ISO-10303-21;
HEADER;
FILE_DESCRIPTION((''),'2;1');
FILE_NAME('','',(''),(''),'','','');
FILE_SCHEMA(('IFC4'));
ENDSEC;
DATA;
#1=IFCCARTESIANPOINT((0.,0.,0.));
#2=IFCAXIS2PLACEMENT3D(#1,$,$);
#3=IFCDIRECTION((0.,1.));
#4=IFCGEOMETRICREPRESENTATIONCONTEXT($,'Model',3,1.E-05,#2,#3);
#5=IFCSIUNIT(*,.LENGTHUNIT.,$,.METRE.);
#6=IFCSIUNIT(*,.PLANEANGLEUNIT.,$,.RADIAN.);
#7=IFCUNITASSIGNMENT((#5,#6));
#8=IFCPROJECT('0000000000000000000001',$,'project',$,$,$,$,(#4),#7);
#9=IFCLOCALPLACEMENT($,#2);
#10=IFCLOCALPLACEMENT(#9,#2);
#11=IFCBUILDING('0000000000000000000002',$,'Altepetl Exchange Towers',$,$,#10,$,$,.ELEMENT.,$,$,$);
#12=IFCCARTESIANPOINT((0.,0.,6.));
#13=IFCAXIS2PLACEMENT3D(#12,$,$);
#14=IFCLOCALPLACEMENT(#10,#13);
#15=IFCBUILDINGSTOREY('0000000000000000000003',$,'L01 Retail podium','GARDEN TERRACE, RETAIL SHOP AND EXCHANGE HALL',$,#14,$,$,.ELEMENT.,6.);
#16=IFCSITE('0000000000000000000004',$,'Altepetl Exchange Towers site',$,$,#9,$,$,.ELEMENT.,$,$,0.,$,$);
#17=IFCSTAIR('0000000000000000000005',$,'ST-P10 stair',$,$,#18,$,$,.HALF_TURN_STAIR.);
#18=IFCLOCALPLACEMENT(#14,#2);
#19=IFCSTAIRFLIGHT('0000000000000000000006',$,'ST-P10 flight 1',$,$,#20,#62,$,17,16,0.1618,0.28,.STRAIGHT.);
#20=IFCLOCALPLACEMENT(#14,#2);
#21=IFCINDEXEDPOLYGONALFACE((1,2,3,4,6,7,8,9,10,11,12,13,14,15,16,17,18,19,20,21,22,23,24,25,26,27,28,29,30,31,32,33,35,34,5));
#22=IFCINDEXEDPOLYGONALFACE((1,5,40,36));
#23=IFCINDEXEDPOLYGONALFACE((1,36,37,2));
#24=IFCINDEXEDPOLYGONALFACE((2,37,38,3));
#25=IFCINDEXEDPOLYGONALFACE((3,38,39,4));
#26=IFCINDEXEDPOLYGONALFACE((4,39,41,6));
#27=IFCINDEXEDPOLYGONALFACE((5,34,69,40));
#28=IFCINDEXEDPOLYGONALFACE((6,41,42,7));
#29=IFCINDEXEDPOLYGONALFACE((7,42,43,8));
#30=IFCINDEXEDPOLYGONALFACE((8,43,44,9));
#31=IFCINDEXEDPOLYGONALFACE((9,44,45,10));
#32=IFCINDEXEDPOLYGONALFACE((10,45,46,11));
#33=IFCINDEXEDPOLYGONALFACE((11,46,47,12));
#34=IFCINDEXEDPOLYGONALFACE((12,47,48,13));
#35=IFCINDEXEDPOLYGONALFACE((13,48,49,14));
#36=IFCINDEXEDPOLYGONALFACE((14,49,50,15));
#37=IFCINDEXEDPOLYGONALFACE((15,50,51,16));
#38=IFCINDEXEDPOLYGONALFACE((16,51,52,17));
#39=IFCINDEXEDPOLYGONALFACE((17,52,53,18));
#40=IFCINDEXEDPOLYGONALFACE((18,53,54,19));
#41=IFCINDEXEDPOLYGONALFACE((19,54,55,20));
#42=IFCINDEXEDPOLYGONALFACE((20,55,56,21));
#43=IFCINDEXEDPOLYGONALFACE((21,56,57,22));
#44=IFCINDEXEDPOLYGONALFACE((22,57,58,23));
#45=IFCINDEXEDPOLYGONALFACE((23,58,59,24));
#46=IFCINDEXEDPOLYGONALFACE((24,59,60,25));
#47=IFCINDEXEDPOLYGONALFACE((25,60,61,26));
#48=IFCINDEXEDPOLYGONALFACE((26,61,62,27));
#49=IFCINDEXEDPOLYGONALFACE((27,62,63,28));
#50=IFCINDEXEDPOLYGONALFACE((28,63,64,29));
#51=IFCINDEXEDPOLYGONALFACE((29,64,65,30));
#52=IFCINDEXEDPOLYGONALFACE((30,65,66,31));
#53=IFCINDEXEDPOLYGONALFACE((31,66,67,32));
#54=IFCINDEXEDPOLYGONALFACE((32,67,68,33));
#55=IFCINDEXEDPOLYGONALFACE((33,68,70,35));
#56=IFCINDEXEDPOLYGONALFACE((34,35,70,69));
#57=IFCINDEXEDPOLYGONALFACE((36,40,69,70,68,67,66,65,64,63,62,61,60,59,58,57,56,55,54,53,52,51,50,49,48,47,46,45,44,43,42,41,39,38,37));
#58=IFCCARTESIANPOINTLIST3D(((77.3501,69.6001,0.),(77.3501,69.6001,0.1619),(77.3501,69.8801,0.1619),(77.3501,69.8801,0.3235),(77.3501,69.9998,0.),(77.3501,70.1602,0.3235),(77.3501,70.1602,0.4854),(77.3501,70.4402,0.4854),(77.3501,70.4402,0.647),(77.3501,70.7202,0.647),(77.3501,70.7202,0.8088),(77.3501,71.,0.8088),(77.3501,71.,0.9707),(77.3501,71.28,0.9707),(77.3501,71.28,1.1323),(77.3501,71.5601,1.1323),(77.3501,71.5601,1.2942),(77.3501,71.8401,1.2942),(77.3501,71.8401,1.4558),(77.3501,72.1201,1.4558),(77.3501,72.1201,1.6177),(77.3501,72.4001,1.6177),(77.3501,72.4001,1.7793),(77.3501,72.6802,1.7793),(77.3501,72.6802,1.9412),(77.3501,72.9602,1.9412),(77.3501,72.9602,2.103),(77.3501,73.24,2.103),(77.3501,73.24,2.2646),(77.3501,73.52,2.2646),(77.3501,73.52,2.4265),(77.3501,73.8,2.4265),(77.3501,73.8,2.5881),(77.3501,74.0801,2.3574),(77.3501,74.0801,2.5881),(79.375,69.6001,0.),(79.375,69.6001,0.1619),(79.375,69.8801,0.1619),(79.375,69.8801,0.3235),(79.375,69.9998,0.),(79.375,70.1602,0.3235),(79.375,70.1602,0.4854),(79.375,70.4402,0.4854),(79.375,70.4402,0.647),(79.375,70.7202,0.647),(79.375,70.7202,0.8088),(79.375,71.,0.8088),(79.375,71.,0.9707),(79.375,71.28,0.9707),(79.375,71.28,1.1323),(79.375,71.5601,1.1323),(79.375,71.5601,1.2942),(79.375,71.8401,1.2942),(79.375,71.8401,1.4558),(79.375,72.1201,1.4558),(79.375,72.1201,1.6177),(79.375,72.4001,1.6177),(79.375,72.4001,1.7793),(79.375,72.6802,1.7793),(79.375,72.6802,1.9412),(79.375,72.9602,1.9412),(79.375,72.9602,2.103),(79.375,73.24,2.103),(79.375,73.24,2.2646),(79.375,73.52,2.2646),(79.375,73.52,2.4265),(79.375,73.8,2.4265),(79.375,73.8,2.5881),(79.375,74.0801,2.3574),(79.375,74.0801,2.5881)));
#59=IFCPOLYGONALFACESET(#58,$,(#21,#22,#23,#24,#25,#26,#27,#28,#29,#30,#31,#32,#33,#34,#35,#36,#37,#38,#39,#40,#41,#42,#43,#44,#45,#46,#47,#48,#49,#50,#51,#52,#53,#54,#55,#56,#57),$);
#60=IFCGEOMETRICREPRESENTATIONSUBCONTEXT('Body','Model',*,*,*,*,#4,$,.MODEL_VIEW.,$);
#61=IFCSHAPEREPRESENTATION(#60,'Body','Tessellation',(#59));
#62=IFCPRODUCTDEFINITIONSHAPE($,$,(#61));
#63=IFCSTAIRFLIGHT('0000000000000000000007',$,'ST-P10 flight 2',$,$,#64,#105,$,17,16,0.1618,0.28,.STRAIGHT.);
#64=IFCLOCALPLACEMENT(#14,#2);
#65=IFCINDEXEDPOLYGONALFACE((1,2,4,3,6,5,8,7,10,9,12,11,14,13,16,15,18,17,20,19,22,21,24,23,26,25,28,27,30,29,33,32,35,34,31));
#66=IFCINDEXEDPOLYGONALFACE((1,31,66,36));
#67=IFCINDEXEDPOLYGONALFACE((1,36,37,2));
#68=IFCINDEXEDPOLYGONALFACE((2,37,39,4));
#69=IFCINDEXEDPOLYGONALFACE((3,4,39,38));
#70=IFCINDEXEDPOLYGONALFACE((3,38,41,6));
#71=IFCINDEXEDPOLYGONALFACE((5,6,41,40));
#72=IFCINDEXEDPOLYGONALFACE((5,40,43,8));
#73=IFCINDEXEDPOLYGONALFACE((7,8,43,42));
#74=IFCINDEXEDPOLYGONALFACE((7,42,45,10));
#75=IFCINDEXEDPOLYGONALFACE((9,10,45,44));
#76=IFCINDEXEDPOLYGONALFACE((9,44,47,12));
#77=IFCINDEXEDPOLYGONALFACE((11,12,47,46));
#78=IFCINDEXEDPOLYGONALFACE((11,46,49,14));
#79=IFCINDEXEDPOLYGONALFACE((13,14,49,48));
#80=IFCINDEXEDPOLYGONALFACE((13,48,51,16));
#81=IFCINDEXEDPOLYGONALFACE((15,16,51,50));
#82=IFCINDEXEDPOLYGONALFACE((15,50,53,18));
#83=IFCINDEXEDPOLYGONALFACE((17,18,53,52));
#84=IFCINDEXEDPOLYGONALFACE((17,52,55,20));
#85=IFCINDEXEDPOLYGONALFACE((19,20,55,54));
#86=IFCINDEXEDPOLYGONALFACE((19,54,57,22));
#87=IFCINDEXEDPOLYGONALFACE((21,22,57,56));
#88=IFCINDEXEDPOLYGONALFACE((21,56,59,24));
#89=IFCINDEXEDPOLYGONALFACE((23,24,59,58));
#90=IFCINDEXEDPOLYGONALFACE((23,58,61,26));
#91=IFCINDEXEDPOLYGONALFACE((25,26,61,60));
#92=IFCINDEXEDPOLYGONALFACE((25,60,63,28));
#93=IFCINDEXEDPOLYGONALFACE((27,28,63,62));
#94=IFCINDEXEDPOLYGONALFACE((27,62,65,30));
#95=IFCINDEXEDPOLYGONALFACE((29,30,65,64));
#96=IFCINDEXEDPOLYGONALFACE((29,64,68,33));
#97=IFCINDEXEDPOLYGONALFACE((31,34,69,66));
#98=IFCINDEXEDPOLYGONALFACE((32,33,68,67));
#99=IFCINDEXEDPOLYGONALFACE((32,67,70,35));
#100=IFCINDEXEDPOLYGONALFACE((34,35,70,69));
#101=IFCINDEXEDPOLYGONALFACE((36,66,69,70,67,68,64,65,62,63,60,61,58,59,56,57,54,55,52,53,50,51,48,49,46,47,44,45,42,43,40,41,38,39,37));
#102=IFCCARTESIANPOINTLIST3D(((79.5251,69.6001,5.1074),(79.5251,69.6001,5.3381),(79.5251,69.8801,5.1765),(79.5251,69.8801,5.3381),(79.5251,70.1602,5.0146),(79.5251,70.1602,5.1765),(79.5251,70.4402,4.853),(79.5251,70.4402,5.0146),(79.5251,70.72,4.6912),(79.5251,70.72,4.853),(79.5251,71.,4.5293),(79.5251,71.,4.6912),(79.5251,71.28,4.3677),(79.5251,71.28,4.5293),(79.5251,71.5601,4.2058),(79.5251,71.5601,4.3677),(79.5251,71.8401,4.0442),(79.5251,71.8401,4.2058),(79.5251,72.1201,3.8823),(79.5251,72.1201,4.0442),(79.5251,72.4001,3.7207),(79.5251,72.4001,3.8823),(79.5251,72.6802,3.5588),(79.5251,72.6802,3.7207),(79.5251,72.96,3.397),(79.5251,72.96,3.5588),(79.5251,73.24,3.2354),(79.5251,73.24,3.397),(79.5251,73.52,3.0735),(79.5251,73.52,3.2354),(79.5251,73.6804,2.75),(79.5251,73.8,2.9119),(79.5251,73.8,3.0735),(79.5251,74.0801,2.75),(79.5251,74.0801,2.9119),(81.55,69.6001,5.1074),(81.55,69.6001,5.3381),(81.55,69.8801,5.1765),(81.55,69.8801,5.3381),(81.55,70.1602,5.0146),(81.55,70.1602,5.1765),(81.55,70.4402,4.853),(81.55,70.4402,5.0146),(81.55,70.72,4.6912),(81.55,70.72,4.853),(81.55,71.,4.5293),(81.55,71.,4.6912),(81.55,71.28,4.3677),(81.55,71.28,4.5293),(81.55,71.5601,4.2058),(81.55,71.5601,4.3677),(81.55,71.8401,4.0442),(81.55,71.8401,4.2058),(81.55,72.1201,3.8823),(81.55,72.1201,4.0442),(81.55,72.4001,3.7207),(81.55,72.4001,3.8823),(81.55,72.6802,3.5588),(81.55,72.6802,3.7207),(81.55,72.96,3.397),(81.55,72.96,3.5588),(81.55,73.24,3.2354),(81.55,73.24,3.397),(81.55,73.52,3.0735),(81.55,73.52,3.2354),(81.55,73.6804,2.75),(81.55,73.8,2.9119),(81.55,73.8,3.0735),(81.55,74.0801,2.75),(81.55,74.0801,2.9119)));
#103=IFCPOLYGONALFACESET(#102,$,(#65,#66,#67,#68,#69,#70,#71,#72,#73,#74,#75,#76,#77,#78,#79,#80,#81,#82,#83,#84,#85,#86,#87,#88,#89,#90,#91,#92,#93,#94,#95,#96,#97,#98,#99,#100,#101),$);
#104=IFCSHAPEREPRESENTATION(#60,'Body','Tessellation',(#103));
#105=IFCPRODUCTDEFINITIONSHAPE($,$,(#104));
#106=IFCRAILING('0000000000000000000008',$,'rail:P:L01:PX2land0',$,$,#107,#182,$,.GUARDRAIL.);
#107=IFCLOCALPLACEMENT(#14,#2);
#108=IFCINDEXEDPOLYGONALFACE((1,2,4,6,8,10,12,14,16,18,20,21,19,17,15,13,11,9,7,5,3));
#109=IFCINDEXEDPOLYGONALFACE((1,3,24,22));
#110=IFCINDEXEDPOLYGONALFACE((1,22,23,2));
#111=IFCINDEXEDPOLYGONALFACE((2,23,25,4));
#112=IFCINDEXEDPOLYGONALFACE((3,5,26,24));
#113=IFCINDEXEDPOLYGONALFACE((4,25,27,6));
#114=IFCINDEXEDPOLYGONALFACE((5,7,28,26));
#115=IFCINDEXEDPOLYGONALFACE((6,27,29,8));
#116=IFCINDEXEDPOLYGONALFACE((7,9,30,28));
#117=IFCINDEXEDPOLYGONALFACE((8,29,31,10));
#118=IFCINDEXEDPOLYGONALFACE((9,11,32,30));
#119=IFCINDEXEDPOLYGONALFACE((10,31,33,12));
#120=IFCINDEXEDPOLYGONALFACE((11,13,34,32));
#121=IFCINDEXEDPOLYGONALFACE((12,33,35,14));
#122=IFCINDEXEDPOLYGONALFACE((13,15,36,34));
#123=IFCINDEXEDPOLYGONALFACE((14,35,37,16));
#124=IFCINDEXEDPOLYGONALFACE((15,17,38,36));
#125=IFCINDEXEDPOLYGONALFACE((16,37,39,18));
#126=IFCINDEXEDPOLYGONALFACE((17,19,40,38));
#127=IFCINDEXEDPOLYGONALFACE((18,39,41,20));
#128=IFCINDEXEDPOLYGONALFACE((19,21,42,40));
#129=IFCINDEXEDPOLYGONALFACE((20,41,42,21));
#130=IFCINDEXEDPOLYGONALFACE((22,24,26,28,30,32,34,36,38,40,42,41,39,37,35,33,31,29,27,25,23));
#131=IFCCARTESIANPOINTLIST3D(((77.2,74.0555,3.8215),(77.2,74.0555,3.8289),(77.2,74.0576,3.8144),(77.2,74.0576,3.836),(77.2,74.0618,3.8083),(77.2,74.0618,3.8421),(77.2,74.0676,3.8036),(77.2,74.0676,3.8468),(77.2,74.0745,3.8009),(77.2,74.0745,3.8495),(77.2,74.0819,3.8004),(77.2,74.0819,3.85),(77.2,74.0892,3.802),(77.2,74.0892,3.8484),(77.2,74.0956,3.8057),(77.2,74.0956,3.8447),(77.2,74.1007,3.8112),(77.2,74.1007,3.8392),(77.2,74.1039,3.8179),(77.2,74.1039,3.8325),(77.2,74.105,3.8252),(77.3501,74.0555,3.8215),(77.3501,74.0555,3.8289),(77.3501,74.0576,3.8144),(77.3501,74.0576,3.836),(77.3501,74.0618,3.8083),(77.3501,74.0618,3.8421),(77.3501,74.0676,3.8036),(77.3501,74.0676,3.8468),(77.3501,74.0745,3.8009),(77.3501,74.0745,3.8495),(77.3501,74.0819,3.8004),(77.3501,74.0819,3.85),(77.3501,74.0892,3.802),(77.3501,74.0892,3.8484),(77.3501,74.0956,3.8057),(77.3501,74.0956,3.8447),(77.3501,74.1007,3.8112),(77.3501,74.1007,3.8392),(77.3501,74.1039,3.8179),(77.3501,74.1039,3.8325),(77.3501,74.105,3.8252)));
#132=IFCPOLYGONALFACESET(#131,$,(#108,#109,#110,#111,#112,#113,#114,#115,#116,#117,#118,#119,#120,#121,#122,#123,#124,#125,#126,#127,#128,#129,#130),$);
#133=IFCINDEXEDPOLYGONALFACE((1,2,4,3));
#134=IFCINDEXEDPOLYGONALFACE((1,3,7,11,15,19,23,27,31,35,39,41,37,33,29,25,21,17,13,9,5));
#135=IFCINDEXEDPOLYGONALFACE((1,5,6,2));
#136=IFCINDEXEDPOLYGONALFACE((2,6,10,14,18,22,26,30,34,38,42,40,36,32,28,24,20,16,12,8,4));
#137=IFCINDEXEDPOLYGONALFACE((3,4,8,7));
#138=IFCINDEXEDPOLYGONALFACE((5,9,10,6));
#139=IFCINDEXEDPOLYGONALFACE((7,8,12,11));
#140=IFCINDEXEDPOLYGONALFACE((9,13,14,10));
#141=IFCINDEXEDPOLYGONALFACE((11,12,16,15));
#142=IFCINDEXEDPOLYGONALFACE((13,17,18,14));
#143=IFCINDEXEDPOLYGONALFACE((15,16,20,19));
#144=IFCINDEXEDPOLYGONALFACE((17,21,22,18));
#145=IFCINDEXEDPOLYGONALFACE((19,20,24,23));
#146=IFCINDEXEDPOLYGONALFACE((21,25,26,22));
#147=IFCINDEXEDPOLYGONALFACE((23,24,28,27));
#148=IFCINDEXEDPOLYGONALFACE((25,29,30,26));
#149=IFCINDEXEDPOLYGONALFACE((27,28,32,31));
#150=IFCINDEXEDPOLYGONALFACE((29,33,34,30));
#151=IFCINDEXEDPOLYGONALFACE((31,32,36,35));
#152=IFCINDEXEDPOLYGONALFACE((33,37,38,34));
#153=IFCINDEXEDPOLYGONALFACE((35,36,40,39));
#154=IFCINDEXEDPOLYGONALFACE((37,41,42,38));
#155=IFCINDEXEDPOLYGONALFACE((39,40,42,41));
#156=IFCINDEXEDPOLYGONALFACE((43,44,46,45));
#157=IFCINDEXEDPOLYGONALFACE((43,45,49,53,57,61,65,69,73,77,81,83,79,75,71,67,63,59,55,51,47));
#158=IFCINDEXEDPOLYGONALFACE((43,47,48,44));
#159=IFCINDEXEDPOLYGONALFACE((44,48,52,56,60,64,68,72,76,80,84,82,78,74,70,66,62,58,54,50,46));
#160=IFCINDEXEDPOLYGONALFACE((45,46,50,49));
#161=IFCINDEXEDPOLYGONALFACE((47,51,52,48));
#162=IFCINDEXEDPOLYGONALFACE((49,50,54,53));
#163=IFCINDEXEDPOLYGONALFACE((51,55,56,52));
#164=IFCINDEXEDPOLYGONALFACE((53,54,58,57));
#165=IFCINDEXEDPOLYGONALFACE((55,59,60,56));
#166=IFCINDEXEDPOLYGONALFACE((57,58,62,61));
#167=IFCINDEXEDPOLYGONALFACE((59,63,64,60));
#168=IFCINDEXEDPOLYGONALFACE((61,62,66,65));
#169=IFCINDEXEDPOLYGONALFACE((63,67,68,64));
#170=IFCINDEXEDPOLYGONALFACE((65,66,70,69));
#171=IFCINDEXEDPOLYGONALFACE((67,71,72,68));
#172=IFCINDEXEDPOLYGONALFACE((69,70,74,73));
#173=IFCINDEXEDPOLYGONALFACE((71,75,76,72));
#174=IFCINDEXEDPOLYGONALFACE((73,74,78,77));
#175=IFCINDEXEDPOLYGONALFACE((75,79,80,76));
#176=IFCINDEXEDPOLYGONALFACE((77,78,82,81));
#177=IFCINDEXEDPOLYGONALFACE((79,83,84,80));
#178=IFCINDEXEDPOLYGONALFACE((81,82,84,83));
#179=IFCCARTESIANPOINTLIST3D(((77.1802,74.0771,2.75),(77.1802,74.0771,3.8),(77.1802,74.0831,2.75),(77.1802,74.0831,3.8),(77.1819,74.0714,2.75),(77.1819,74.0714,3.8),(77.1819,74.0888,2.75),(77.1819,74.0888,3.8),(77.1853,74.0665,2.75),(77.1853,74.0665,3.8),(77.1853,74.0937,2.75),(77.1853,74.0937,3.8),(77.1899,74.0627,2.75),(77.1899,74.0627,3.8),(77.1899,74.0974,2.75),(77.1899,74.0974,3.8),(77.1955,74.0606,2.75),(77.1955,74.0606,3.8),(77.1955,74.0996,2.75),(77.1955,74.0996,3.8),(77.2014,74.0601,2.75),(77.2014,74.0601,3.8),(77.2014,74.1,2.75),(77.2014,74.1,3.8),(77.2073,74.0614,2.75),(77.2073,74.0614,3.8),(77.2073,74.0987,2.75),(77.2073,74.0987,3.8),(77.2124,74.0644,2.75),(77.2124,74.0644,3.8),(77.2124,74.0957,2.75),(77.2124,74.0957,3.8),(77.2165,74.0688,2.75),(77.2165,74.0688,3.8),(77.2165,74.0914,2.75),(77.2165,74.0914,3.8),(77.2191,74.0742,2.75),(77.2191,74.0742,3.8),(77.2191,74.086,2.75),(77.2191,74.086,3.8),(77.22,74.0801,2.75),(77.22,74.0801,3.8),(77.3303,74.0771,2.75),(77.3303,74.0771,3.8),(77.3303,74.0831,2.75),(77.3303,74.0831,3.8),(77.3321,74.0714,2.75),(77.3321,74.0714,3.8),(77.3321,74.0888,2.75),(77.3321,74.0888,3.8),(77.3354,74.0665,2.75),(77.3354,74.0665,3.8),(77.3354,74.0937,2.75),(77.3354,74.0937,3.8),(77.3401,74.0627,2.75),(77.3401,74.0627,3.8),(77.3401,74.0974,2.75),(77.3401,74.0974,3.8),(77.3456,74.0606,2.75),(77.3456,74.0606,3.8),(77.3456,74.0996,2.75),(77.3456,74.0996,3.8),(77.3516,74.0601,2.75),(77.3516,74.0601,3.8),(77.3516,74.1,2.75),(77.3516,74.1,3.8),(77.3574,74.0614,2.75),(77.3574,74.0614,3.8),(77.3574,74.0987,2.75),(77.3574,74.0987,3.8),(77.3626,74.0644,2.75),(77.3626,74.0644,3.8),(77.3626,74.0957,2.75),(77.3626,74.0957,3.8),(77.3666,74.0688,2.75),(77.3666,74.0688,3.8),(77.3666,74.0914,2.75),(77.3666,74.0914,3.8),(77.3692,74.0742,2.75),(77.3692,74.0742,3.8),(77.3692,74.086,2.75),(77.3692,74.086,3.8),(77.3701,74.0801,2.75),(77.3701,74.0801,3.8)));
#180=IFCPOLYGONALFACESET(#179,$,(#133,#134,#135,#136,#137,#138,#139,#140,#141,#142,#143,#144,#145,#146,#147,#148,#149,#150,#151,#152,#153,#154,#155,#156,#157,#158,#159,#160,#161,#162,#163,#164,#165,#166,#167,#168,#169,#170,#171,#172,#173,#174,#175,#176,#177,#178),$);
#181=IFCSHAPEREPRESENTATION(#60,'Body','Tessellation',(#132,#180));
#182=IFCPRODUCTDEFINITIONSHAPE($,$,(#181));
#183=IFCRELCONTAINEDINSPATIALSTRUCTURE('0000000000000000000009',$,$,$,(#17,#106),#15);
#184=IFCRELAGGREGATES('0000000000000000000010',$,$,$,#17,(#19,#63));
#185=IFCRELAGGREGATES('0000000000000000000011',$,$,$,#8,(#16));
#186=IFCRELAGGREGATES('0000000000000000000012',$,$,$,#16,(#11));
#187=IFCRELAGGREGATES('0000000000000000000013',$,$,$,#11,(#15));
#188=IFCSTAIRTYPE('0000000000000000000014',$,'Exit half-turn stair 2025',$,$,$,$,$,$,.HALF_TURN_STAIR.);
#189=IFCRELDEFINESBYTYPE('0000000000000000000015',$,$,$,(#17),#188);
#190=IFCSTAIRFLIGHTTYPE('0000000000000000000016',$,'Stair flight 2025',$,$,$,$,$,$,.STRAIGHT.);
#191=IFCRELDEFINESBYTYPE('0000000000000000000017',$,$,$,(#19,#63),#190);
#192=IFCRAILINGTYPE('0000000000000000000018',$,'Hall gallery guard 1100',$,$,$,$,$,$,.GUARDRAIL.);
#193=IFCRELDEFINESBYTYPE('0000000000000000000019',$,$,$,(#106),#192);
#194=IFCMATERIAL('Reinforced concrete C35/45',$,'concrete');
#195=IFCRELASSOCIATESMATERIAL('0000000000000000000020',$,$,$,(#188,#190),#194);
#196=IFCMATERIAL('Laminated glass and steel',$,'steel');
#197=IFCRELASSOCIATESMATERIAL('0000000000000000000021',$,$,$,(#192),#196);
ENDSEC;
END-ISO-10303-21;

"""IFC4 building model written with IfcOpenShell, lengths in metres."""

from ifc_helpers import new_model, si_unit, direction, frame, origin, origin_2d, place, context, subcontext, project, spatial, polyline, circle, outline, extrude, source, transform, mapped, material, type_object, element, aggregate, save


model = new_model("IFC4")

# Units and contexts
model_context = context("Model", 3, precision=1e-05, world=origin(), true_north=direction((0.0, 1.0)))
body_context = subcontext(model_context, "Body", "Model", "MODEL_VIEW")
ifc_project = project(units=[si_unit("LENGTHUNIT", "METRE"), si_unit("PLANEANGLEUNIT", "RADIAN")], contexts=[model_context])

# Site, building, storey
site_placement = place(None, origin())
site = spatial("IfcSite", under=ifc_project, at=site_placement, Name="Altepetl Exchange Towers site", CompositionType="ELEMENT", RefElevation=0.0)
building_placement = place(site_placement, origin())
building = spatial("IfcBuilding", under=site, at=building_placement, Name="Altepetl Exchange Towers", CompositionType="ELEMENT")
storey_placement = place(building_placement, frame((0.0, 0.0, 6.0)))
storey = spatial("IfcBuildingStorey", under=building, at=storey_placement, Name="L01 Retail podium", Description="GARDEN TERRACE, RETAIL SHOP AND EXCHANGE HALL", CompositionType="ELEMENT", Elevation=6.0)

# Shared definitions
ifc_material_1 = material(Name="Reinforced concrete C35/45", Category="concrete")

# Stair, stair flights
stair_type = type_object("IfcStairType", Name="Exit half-turn stair 2025", PredefinedType="HALF_TURN_STAIR", material=ifc_material_1)
stair_placement = place(storey_placement, origin())
stair = element("IfcStair", 1, at=stair_placement, inside=storey, type_object=stair_type, Name="ST-P10 stair", PredefinedType="HALF_TURN_STAIR")
stair_flight_type = type_object("IfcStairFlightType", Name="Stair flight 2025", PredefinedType="STRAIGHT", material=ifc_material_1)
stair_flight_1_placement = place(storey_placement, frame((78.3625, 69.6001, 0.0), z_axis=(0.0, 0.0, 1.0), x_axis=(0.0, 1.0, 0.0)))
stair_flight_1 = element("IfcStairFlight", 2, at=stair_flight_1_placement, type_object=stair_flight_type, Name="ST-P10 flight 1", NumberOfRisers=17, NumberOfTreads=16, PredefinedType="STRAIGHT", RiserHeight=0.1618, TreadLength=0.28, context=body_context, shape_type="SweptSolid", body=[
    extrude(outline(polyline([(0.0, 0.0), (0.0, 0.1619), (0.28, 0.1619), (0.28, 0.3235), (0.5601, 0.3235), (0.5601, 0.4854), (0.8401, 0.4854), (0.8401, 0.647), (1.1201, 0.647), (1.1201, 0.8088), (1.3999, 0.8088), (1.3999, 0.9707), (1.6799, 0.9707), (1.6799, 1.1323), (1.96, 1.1323), (1.96, 1.2942), (2.24, 1.2942), (2.24, 1.4558), (2.52, 1.4558), (2.52, 1.6177), (2.8, 1.6177), (2.8, 1.7793), (3.0801, 1.7793), (3.0801, 1.9412), (3.3601, 1.9412), (3.3601, 2.103), (3.6399, 2.103), (3.6399, 2.2646), (3.9199, 2.2646), (3.9199, 2.4265), (4.2, 2.4265), (4.2, 2.5881), (4.48, 2.5881), (4.48, 2.75), (4.48, 2.3574), (0.3997, 0.0), (0.0, 0.0)])), frame((0.0, 1.0125, 0.0), z_axis=(0.0, -1.0, 0.0), x_axis=(1.0, 0.0, 0.0)), (0.0, 0.0, 1.0), 2.0249),
])
stair_flight_2_placement = place(storey_placement, frame((80.5376, 74.0801, 2.75), z_axis=(0.0, 0.0, 1.0), x_axis=(0.0, -1.0, 0.0)))
stair_flight_2 = element("IfcStairFlight", 3, at=stair_flight_2_placement, type_object=stair_flight_type, Name="ST-P10 flight 2", NumberOfRisers=17, NumberOfTreads=16, PredefinedType="STRAIGHT", RiserHeight=0.1618, TreadLength=0.28, context=body_context, shape_type="SweptSolid", body=[
    extrude(outline(polyline([(0.0, 0.0), (0.0, 0.1619), (0.28, 0.1619), (0.28, 0.3235), (0.5601, 0.3235), (0.5601, 0.4854), (0.8401, 0.4854), (0.8401, 0.647), (1.1201, 0.647), (1.1201, 0.8088), (1.3999, 0.8088), (1.3999, 0.9707), (1.6799, 0.9707), (1.6799, 1.1323), (1.96, 1.1323), (1.96, 1.2942), (2.24, 1.2942), (2.24, 1.4558), (2.52, 1.4558), (2.52, 1.6177), (2.8, 1.6177), (2.8, 1.7793), (3.0801, 1.7793), (3.0801, 1.9412), (3.3601, 1.9412), (3.3601, 2.103), (3.6399, 2.103), (3.6399, 2.2646), (3.9199, 2.2646), (3.9199, 2.4265), (4.2, 2.4265), (4.2, 2.5881), (4.48, 2.5881), (4.48, 2.75), (4.48, 2.3574), (0.3997, 0.0), (0.0, 0.0)])), frame((0.0, 1.0125, 0.0), z_axis=(0.0, -1.0, 0.0), x_axis=(1.0, 0.0, 0.0)), (0.0, 0.0, 1.0), 2.0249),
])
aggregate(stair, [stair_flight_1, stair_flight_2])

# Railing
ifc_material_2 = material(Name="Laminated glass and steel", Category="steel")
railing_type_1 = type_object("IfcRailingType", Name="Hall gallery guard 1100", PredefinedType="GUARDRAIL", material=ifc_material_2)
shared_shape_1 = source(origin(), body_context, "Body", "SweptSolid", [
    extrude(circle(Radius=0.02, at=origin_2d()), origin(), (0.0, 0.0, 1.0), 1.05),
])
railing_1_placement = place(storey_placement, frame((77.2, 74.0801, 2.75)))
element("IfcRailing", 4, at=railing_1_placement, inside=storey, type_object=railing_type_1, Name="rail:P:L01:PX2land0", PredefinedType="GUARDRAIL", context=body_context, shape_type="SweptSolid", body=[
    extrude(circle(Radius=0.0249, at=origin_2d()), frame((0.0, 0.0, 1.0752), z_axis=(1.0, 0.0, 0.0), x_axis=(0.0, 1.0, 0.0)), (0.0, 0.0, 1.0), 0.1501),
    mapped(shared_shape_1, transform((0.0, 0.0, 0.0))),
    mapped(shared_shape_1, transform((0.1501, 0.0, 0.0))),
])

save(model, "model.ifc")
